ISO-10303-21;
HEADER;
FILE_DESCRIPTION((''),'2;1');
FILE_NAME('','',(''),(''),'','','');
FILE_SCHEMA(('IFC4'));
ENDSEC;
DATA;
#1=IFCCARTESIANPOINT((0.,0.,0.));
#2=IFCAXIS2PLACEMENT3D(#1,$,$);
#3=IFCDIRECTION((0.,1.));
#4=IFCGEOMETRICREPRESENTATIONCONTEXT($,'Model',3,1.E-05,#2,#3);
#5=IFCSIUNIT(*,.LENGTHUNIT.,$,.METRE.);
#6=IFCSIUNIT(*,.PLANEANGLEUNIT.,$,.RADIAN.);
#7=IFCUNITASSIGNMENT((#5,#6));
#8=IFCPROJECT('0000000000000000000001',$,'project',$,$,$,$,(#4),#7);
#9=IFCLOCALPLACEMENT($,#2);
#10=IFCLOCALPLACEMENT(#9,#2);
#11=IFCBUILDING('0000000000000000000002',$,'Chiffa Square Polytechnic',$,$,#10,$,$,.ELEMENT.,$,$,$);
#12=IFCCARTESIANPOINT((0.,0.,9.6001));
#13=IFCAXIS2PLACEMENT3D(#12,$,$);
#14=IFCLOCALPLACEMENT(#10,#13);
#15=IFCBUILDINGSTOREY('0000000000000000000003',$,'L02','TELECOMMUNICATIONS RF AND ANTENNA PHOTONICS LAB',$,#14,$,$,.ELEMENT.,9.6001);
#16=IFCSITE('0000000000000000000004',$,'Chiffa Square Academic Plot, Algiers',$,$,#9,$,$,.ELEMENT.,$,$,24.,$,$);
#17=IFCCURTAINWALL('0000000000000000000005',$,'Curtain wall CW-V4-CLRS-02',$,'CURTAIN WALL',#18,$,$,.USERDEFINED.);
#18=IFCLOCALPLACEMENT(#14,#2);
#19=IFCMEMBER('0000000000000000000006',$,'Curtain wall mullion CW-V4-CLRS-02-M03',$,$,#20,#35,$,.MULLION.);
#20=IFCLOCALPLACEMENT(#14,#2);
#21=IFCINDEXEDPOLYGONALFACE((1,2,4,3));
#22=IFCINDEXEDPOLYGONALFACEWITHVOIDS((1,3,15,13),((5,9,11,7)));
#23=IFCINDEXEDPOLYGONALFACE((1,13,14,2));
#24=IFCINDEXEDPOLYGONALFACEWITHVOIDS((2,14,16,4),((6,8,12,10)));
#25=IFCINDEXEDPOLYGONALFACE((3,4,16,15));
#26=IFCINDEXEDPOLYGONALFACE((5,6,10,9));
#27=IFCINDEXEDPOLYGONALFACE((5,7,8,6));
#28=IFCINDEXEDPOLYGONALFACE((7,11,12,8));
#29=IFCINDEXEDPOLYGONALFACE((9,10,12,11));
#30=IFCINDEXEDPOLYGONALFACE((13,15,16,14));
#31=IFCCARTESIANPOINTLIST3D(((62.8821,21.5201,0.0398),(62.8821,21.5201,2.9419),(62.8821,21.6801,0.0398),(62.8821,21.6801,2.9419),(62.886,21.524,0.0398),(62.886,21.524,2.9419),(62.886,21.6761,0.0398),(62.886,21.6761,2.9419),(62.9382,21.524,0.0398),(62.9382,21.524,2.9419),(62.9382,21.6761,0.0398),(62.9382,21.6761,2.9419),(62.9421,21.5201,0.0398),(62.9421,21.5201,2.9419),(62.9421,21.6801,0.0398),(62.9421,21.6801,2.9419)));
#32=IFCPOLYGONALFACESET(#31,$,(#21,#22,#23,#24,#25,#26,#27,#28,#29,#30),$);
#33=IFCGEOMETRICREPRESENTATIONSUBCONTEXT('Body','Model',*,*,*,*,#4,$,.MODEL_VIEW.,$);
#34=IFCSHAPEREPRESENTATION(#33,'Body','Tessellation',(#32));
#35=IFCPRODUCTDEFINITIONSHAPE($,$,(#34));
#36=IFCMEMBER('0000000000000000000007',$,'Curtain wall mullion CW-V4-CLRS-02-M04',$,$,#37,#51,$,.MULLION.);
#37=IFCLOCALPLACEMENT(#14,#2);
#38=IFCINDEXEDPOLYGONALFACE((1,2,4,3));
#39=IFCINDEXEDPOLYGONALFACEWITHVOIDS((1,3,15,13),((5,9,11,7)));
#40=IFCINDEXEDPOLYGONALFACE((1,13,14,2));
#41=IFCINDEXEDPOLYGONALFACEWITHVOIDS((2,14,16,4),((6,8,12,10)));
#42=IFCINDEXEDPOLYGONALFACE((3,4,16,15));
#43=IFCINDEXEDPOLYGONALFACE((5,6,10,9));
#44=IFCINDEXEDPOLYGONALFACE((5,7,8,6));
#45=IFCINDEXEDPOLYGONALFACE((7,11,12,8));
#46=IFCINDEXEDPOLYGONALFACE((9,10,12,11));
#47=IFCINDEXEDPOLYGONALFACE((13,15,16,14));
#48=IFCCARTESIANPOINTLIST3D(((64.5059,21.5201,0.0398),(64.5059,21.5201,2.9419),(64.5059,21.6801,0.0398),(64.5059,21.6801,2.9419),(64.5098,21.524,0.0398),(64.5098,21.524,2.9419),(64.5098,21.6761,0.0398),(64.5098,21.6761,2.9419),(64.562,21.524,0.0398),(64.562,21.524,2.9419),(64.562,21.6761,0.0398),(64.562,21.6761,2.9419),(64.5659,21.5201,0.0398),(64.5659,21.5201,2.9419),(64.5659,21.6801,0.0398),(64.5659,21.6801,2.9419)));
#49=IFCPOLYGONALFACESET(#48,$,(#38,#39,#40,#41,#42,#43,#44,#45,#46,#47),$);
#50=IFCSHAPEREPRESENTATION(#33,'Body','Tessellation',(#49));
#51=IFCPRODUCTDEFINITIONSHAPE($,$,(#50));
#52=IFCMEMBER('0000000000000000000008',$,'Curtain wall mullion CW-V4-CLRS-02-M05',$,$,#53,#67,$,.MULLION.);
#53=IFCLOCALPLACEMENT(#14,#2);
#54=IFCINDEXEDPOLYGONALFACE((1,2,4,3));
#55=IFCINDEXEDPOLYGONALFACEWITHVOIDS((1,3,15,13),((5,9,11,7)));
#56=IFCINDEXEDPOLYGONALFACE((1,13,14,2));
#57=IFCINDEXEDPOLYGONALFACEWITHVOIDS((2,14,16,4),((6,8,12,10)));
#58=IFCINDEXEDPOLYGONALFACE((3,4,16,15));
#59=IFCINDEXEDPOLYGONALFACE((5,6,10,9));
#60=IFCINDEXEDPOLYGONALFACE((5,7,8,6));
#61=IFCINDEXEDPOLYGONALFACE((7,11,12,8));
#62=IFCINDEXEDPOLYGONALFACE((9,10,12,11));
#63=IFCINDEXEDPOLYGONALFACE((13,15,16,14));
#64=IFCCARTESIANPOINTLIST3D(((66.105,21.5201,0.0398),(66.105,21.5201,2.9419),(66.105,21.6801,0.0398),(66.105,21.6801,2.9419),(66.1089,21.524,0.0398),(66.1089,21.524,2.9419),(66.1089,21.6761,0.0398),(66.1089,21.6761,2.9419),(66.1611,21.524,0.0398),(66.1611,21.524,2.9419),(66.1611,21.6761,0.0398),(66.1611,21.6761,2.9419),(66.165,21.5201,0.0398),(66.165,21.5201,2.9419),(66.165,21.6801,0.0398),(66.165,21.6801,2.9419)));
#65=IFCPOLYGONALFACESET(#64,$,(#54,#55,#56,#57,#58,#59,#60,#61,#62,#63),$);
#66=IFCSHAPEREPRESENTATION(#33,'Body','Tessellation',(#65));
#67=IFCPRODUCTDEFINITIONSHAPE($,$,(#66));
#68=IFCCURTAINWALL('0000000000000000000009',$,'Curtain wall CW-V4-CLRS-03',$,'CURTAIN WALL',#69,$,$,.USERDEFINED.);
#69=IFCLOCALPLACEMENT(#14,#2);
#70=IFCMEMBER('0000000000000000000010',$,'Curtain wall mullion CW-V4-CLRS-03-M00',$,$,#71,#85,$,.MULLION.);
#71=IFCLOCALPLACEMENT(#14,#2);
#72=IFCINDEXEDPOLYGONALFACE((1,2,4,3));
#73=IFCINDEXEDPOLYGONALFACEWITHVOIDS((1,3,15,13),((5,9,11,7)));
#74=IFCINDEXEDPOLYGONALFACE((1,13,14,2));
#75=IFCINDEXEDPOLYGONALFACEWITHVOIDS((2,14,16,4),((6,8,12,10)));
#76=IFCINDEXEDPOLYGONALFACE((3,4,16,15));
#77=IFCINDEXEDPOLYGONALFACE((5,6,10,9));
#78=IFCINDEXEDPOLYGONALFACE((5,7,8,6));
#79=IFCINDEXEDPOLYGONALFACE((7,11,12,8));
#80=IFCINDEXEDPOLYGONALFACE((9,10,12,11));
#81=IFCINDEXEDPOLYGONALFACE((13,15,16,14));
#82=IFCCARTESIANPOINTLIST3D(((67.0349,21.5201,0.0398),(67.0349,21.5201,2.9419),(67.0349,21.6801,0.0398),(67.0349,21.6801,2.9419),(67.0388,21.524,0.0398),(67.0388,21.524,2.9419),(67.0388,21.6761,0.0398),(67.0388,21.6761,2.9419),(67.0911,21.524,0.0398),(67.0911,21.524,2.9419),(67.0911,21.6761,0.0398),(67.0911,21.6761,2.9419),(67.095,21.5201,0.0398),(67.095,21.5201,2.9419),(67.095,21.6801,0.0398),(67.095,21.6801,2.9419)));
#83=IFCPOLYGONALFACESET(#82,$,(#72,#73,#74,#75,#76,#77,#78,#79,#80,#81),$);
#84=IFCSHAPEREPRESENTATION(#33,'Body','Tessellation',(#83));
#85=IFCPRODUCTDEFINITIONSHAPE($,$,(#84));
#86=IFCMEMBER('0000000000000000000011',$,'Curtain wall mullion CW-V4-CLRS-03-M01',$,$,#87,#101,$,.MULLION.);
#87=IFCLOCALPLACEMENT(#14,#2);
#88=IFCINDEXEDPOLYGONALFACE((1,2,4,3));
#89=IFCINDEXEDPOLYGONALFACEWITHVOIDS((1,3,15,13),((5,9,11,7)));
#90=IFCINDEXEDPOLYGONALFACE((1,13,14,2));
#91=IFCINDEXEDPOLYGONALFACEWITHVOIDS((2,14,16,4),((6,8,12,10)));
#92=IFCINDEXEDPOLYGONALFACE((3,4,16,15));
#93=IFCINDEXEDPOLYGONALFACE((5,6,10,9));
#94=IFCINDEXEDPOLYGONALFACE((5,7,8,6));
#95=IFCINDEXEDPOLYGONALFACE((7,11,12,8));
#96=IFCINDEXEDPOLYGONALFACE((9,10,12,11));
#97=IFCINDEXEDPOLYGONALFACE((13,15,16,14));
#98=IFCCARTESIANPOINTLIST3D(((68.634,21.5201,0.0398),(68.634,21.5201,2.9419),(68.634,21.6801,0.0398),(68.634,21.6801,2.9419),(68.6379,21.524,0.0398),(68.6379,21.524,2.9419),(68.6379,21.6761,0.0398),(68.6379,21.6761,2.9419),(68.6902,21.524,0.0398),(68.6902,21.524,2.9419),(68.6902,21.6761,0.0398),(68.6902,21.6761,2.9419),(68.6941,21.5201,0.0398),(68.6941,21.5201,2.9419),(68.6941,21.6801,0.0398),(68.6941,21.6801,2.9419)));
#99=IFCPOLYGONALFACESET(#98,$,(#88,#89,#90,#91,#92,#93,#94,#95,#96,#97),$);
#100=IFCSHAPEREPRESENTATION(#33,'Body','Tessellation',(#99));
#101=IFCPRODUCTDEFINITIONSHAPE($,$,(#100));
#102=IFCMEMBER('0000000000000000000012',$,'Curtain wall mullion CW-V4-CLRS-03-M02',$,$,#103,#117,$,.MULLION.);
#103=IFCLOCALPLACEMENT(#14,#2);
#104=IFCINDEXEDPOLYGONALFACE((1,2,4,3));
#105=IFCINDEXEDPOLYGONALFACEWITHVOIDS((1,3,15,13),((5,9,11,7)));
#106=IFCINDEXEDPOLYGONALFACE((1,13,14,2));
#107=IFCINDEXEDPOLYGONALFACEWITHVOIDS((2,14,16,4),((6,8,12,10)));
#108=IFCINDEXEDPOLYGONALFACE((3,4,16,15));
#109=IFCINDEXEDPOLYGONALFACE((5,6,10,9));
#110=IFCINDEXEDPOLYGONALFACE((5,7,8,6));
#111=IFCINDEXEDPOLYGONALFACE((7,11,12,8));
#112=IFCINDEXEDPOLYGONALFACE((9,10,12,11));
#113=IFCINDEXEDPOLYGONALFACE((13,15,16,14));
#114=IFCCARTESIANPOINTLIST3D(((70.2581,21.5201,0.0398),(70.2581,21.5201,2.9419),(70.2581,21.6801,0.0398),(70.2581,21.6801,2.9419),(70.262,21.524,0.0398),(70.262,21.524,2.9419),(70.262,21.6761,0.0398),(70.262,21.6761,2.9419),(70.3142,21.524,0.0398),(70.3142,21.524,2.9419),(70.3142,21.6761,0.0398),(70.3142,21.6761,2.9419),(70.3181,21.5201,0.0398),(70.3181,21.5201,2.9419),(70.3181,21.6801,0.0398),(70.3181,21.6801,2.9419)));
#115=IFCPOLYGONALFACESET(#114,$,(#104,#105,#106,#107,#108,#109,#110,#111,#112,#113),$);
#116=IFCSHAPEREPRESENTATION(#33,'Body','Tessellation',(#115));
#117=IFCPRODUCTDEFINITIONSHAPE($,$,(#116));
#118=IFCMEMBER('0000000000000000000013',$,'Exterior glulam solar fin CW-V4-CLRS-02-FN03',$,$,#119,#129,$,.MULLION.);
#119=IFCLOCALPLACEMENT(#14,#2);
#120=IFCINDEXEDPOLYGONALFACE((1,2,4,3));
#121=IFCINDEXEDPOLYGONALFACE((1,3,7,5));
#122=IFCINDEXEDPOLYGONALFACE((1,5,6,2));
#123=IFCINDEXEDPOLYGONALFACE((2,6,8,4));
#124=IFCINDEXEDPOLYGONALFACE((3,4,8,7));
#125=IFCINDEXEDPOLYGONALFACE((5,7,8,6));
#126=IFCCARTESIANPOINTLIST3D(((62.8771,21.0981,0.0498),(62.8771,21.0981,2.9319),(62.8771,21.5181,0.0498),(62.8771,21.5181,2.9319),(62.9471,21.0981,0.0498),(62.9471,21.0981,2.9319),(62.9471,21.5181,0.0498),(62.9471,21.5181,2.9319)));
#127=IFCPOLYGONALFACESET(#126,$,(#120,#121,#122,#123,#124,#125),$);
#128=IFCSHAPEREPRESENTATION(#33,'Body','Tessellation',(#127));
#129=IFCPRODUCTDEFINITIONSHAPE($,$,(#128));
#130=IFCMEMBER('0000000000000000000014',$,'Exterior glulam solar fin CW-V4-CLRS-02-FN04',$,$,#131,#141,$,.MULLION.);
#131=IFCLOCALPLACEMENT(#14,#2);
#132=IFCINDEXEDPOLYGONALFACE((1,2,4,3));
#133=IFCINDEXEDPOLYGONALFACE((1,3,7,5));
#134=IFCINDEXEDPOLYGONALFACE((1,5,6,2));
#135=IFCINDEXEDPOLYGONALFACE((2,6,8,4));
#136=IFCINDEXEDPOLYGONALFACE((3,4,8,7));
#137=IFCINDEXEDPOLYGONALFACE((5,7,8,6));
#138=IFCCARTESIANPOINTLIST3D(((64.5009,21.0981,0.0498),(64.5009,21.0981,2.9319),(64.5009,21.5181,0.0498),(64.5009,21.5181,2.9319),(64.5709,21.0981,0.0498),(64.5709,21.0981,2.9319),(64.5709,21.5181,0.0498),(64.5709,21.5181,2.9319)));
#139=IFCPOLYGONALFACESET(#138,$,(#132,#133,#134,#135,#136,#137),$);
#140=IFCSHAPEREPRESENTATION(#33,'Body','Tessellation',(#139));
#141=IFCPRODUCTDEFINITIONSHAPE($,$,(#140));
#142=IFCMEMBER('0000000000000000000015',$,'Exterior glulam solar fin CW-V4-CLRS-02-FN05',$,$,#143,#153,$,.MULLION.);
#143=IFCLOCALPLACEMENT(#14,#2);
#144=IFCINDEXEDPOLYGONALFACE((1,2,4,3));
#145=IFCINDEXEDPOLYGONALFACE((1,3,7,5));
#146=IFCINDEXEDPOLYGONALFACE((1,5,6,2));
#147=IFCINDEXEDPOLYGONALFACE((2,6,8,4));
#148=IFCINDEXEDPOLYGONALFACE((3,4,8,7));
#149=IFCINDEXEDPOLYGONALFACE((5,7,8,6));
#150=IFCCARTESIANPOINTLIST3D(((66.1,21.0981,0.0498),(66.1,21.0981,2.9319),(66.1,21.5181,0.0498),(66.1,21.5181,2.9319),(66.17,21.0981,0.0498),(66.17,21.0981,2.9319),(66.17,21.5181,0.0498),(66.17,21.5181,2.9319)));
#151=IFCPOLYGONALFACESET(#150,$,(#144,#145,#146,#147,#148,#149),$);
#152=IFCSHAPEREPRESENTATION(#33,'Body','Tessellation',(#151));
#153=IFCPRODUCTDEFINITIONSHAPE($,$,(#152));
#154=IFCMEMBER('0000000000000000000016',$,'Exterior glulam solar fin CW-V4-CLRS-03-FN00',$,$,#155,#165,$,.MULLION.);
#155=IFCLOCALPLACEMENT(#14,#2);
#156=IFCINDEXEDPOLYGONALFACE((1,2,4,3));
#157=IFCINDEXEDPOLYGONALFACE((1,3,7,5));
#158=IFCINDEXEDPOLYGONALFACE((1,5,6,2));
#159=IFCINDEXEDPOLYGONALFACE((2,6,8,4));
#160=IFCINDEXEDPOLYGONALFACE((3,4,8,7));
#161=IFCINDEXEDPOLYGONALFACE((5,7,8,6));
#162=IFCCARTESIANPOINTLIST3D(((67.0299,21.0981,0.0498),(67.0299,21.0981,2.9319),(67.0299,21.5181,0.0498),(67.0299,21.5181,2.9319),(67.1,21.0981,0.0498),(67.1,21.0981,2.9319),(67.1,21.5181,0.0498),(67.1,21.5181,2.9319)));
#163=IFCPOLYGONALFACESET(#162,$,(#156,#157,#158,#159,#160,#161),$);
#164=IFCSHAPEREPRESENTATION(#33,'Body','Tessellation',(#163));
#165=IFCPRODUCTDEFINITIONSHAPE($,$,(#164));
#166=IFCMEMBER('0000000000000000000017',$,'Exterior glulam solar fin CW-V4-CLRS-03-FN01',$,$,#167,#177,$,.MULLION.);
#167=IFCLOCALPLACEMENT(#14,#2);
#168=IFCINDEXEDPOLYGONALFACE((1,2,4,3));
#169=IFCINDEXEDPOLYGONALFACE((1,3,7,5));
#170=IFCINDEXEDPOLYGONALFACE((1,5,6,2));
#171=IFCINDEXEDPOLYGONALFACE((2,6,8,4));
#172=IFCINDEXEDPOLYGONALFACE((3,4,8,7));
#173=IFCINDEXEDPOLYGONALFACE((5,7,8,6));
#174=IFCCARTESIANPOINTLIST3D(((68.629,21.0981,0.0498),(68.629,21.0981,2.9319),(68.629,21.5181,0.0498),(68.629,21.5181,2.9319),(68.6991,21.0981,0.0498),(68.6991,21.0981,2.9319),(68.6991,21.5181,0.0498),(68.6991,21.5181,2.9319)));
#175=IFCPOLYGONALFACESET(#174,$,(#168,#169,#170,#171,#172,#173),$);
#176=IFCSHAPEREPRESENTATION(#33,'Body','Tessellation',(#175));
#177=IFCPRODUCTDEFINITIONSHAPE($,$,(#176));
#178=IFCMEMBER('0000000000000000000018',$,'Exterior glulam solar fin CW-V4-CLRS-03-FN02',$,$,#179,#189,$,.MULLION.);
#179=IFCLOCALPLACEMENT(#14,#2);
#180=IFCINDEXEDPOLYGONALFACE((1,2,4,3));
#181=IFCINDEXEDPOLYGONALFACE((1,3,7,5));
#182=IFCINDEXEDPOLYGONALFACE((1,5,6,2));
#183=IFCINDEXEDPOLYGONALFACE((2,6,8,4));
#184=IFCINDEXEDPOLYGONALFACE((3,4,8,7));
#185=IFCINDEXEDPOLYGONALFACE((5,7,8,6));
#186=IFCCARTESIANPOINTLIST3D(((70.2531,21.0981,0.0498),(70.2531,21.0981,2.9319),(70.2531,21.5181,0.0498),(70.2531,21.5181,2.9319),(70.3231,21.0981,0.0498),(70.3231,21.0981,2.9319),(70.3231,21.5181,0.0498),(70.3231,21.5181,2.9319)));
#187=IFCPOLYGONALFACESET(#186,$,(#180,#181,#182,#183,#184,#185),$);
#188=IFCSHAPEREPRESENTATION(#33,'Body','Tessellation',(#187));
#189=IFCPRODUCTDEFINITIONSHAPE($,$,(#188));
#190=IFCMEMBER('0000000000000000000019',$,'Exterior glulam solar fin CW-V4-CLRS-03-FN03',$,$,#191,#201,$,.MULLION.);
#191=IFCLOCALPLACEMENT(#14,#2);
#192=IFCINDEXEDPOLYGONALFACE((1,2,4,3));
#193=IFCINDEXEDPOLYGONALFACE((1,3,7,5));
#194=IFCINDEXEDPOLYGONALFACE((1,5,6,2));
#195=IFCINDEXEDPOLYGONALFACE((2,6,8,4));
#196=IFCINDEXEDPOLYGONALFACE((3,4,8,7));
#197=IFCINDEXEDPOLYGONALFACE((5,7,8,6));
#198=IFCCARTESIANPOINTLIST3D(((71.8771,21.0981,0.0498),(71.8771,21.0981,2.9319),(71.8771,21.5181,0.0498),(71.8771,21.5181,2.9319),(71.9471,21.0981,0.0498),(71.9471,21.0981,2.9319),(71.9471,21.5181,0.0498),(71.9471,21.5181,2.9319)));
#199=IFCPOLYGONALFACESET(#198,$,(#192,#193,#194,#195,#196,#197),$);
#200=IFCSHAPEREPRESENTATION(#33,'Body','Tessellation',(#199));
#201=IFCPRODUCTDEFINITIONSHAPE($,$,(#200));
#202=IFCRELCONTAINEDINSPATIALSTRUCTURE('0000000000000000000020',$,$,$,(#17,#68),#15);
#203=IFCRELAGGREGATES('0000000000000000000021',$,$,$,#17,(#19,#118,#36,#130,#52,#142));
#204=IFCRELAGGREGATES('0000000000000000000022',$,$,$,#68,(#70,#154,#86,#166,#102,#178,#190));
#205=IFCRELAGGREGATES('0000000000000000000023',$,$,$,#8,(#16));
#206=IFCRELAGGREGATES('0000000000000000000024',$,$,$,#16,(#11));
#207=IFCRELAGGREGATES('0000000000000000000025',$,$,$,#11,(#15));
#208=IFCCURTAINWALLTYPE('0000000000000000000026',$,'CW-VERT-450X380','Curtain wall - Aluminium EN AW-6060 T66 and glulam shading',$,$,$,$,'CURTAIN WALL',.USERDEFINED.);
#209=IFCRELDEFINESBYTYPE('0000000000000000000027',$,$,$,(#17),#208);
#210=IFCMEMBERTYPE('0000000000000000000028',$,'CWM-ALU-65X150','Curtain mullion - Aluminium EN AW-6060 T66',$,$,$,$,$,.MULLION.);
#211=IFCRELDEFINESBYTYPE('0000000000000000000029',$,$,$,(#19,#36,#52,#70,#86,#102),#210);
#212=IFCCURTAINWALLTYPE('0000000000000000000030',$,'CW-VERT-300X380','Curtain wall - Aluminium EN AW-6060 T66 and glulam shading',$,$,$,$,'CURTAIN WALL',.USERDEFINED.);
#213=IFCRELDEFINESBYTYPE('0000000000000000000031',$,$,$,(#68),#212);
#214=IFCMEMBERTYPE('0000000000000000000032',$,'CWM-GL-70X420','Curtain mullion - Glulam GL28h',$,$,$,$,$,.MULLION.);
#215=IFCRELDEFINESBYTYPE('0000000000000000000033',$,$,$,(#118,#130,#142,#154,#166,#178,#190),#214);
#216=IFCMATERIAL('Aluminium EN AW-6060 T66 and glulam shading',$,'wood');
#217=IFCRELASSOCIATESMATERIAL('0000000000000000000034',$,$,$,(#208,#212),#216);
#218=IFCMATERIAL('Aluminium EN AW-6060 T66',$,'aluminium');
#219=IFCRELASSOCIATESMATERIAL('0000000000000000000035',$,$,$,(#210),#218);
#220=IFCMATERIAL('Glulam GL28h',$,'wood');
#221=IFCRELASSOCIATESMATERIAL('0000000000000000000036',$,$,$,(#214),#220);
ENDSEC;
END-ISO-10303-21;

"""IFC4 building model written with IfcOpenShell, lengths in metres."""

from ifc_helpers import new_model, si_unit, direction, frame, origin, origin_2d, place, context, subcontext, project, spatial, rectangle, hollow_rectangle, extrude, material, material_profile, profile_set, type_object, element, aggregate, save


model = new_model("IFC4")

# Units and contexts
model_context = context("Model", 3, precision=1e-05, world=origin(), true_north=direction((0.0, 1.0)))
body_context = subcontext(model_context, "Body", "Model", "MODEL_VIEW")
ifc_project = project(units=[si_unit("LENGTHUNIT", "METRE"), si_unit("PLANEANGLEUNIT", "RADIAN")], contexts=[model_context])

# Site, building, storey
site_placement = place(None, origin())
site = spatial("IfcSite", under=ifc_project, at=site_placement, Name="Chiffa Square Academic Plot, Algiers", CompositionType="ELEMENT", RefElevation=24.0)
building_placement = place(site_placement, origin())
building = spatial("IfcBuilding", under=site, at=building_placement, Name="Chiffa Square Polytechnic", CompositionType="ELEMENT")
storey_placement = place(building_placement, frame((0.0, 0.0, 9.6001)))
storey = spatial("IfcBuildingStorey", under=building, at=storey_placement, Name="L02", Description="TELECOMMUNICATIONS RF AND ANTENNA PHOTONICS LAB", CompositionType="ELEMENT", Elevation=9.6001)

# Curtain walls, members
ifc_material_1 = material(Name="Aluminium EN AW-6060 T66 and glulam shading", Category="wood")
curtain_wall_type_1 = type_object("IfcCurtainWallType", Name="CW-VERT-450X380", Description="Curtain wall - Aluminium EN AW-6060 T66 and glulam shading", ElementType="CURTAIN WALL", PredefinedType="USERDEFINED", material=ifc_material_1)
curtain_wall_1_placement = place(storey_placement, origin())
curtain_wall_1 = element("IfcCurtainWall", 1, at=curtain_wall_1_placement, inside=storey, type_object=curtain_wall_type_1, Name="Curtain wall CW-V4-CLRS-02", ObjectType="CURTAIN WALL", PredefinedType="USERDEFINED")
ifc_material_2 = material(Name="Aluminium EN AW-6060 T66", Category="aluminium")
ifc_material_profile_1 = material_profile(ifc_material_2, hollow_rectangle(XDim=0.0601, YDim=0.1599, WallThickness=0.0039, at=origin_2d()), Name="ALU 60x160x4")
ifc_profile_set_1 = profile_set([ifc_material_profile_1], Name="Aluminium EN AW-6060 T66")
member_type_1 = type_object("IfcMemberType", Name="CWM-ALU-65X150", Description="Curtain mullion - Aluminium EN AW-6060 T66", PredefinedType="MULLION", material=ifc_profile_set_1)
member_1_placement = place(storey_placement, frame((62.9121, 21.6001, 0.0398), z_axis=(0.0, 0.0, 1.0), x_axis=(1.0, 0.0, 0.0)))
member_1 = element("IfcMember", 2, at=member_1_placement, type_object=member_type_1, Name="Curtain wall mullion CW-V4-CLRS-02-M03", PredefinedType="MULLION", context=body_context, shape_type="SweptSolid", body=[
    extrude(hollow_rectangle(XDim=0.0601, YDim=0.1599, WallThickness=0.0039, at=origin_2d()), origin(), (0.0, 0.0, 1.0), 2.9021),
])
member_2_placement = place(storey_placement, frame((64.5359, 21.6001, 0.0398), z_axis=(0.0, 0.0, 1.0), x_axis=(1.0, 0.0, 0.0)))
member_2 = element("IfcMember", 3, at=member_2_placement, type_object=member_type_1, Name="Curtain wall mullion CW-V4-CLRS-02-M04", PredefinedType="MULLION", context=body_context, shape_type="SweptSolid", body=[
    extrude(hollow_rectangle(XDim=0.0601, YDim=0.1599, WallThickness=0.0039, at=origin_2d()), origin(), (0.0, 0.0, 1.0), 2.9021),
])
member_3_placement = place(storey_placement, frame((66.135, 21.6001, 0.0398), z_axis=(0.0, 0.0, 1.0), x_axis=(1.0, 0.0, 0.0)))
member_3 = element("IfcMember", 4, at=member_3_placement, type_object=member_type_1, Name="Curtain wall mullion CW-V4-CLRS-02-M05", PredefinedType="MULLION", context=body_context, shape_type="SweptSolid", body=[
    extrude(hollow_rectangle(XDim=0.0601, YDim=0.1599, WallThickness=0.0039, at=origin_2d()), origin(), (0.0, 0.0, 1.0), 2.9021),
])
curtain_wall_type_2 = type_object("IfcCurtainWallType", Name="CW-VERT-300X380", Description="Curtain wall - Aluminium EN AW-6060 T66 and glulam shading", ElementType="CURTAIN WALL", PredefinedType="USERDEFINED", material=ifc_material_1)
curtain_wall_2_placement = place(storey_placement, origin())
curtain_wall_2 = element("IfcCurtainWall", 5, at=curtain_wall_2_placement, inside=storey, type_object=curtain_wall_type_2, Name="Curtain wall CW-V4-CLRS-03", ObjectType="CURTAIN WALL", PredefinedType="USERDEFINED")
member_4_placement = place(storey_placement, frame((67.0649, 21.6001, 0.0398), z_axis=(0.0, 0.0, 1.0), x_axis=(1.0, 0.0, 0.0)))
member_4 = element("IfcMember", 6, at=member_4_placement, type_object=member_type_1, Name="Curtain wall mullion CW-V4-CLRS-03-M00", PredefinedType="MULLION", context=body_context, shape_type="SweptSolid", body=[
    extrude(hollow_rectangle(XDim=0.0601, YDim=0.1599, WallThickness=0.0039, at=origin_2d()), origin(), (0.0, 0.0, 1.0), 2.9021),
])
member_5_placement = place(storey_placement, frame((68.6641, 21.6001, 0.0398), z_axis=(0.0, 0.0, 1.0), x_axis=(1.0, 0.0, 0.0)))
member_5 = element("IfcMember", 7, at=member_5_placement, type_object=member_type_1, Name="Curtain wall mullion CW-V4-CLRS-03-M01", PredefinedType="MULLION", context=body_context, shape_type="SweptSolid", body=[
    extrude(hollow_rectangle(XDim=0.0601, YDim=0.1599, WallThickness=0.0039, at=origin_2d()), origin(), (0.0, 0.0, 1.0), 2.9021),
])
member_6_placement = place(storey_placement, frame((70.2881, 21.6001, 0.0398), z_axis=(0.0, 0.0, 1.0), x_axis=(1.0, 0.0, 0.0)))
member_6 = element("IfcMember", 8, at=member_6_placement, type_object=member_type_1, Name="Curtain wall mullion CW-V4-CLRS-03-M02", PredefinedType="MULLION", context=body_context, shape_type="SweptSolid", body=[
    extrude(hollow_rectangle(XDim=0.0601, YDim=0.1599, WallThickness=0.0039, at=origin_2d()), origin(), (0.0, 0.0, 1.0), 2.9021),
])

# Members
ifc_material_3 = material(Name="Glulam GL28h", Category="wood")
ifc_material_profile_2 = material_profile(ifc_material_3, rectangle(XDim=0.0701, YDim=0.4199, at=origin_2d()), Name="GL28h 70x420")
ifc_profile_set_2 = profile_set([ifc_material_profile_2], Name="Glulam GL28h")
member_type_2 = type_object("IfcMemberType", Name="CWM-GL-70X420", Description="Curtain mullion - Glulam GL28h", PredefinedType="MULLION", material=ifc_profile_set_2)
member_7_placement = place(storey_placement, frame((62.9121, 21.3081, 0.0498), z_axis=(0.0, 0.0, 1.0), x_axis=(1.0, 0.0, 0.0)))
member_7 = element("IfcMember", 9, at=member_7_placement, type_object=member_type_2, Name="Exterior glulam solar fin CW-V4-CLRS-02-FN03", PredefinedType="MULLION", context=body_context, shape_type="SweptSolid", body=[
    extrude(rectangle(XDim=0.0701, YDim=0.4199, at=origin_2d()), origin(), (0.0, 0.0, 1.0), 2.8821),
])
member_8_placement = place(storey_placement, frame((64.5359, 21.3081, 0.0498), z_axis=(0.0, 0.0, 1.0), x_axis=(1.0, 0.0, 0.0)))
member_8 = element("IfcMember", 10, at=member_8_placement, type_object=member_type_2, Name="Exterior glulam solar fin CW-V4-CLRS-02-FN04", PredefinedType="MULLION", context=body_context, shape_type="SweptSolid", body=[
    extrude(rectangle(XDim=0.0701, YDim=0.4199, at=origin_2d()), origin(), (0.0, 0.0, 1.0), 2.8821),
])
member_9_placement = place(storey_placement, frame((66.135, 21.3081, 0.0498), z_axis=(0.0, 0.0, 1.0), x_axis=(1.0, 0.0, 0.0)))
member_9 = element("IfcMember", 11, at=member_9_placement, type_object=member_type_2, Name="Exterior glulam solar fin CW-V4-CLRS-02-FN05", PredefinedType="MULLION", context=body_context, shape_type="SweptSolid", body=[
    extrude(rectangle(XDim=0.0701, YDim=0.4199, at=origin_2d()), origin(), (0.0, 0.0, 1.0), 2.8821),
])
member_10_placement = place(storey_placement, frame((67.0649, 21.3081, 0.0498), z_axis=(0.0, 0.0, 1.0), x_axis=(1.0, 0.0, 0.0)))
member_10 = element("IfcMember", 12, at=member_10_placement, type_object=member_type_2, Name="Exterior glulam solar fin CW-V4-CLRS-03-FN00", PredefinedType="MULLION", context=body_context, shape_type="SweptSolid", body=[
    extrude(rectangle(XDim=0.0701, YDim=0.4199, at=origin_2d()), origin(), (0.0, 0.0, 1.0), 2.8821),
])
member_11_placement = place(storey_placement, frame((68.6641, 21.3081, 0.0498), z_axis=(0.0, 0.0, 1.0), x_axis=(1.0, 0.0, 0.0)))
member_11 = element("IfcMember", 13, at=member_11_placement, type_object=member_type_2, Name="Exterior glulam solar fin CW-V4-CLRS-03-FN01", PredefinedType="MULLION", context=body_context, shape_type="SweptSolid", body=[
    extrude(rectangle(XDim=0.0701, YDim=0.4199, at=origin_2d()), origin(), (0.0, 0.0, 1.0), 2.8821),
])
member_12_placement = place(storey_placement, frame((70.2881, 21.3081, 0.0498), z_axis=(0.0, 0.0, 1.0), x_axis=(1.0, 0.0, 0.0)))
member_12 = element("IfcMember", 14, at=member_12_placement, type_object=member_type_2, Name="Exterior glulam solar fin CW-V4-CLRS-03-FN02", PredefinedType="MULLION", context=body_context, shape_type="SweptSolid", body=[
    extrude(rectangle(XDim=0.0701, YDim=0.4199, at=origin_2d()), origin(), (0.0, 0.0, 1.0), 2.8821),
])
member_13_placement = place(storey_placement, frame((71.9121, 21.3081, 0.0498), z_axis=(0.0, 0.0, 1.0), x_axis=(1.0, 0.0, 0.0)))
member_13 = element("IfcMember", 15, at=member_13_placement, type_object=member_type_2, Name="Exterior glulam solar fin CW-V4-CLRS-03-FN03", PredefinedType="MULLION", context=body_context, shape_type="SweptSolid", body=[
    extrude(rectangle(XDim=0.0701, YDim=0.4199, at=origin_2d()), origin(), (0.0, 0.0, 1.0), 2.8821),
])

aggregate(curtain_wall_1, [member_1, member_7, member_2, member_8, member_3, member_9])
aggregate(curtain_wall_2, [member_4, member_10, member_5, member_11, member_6, member_12, member_13])

save(model, "model.ifc")
